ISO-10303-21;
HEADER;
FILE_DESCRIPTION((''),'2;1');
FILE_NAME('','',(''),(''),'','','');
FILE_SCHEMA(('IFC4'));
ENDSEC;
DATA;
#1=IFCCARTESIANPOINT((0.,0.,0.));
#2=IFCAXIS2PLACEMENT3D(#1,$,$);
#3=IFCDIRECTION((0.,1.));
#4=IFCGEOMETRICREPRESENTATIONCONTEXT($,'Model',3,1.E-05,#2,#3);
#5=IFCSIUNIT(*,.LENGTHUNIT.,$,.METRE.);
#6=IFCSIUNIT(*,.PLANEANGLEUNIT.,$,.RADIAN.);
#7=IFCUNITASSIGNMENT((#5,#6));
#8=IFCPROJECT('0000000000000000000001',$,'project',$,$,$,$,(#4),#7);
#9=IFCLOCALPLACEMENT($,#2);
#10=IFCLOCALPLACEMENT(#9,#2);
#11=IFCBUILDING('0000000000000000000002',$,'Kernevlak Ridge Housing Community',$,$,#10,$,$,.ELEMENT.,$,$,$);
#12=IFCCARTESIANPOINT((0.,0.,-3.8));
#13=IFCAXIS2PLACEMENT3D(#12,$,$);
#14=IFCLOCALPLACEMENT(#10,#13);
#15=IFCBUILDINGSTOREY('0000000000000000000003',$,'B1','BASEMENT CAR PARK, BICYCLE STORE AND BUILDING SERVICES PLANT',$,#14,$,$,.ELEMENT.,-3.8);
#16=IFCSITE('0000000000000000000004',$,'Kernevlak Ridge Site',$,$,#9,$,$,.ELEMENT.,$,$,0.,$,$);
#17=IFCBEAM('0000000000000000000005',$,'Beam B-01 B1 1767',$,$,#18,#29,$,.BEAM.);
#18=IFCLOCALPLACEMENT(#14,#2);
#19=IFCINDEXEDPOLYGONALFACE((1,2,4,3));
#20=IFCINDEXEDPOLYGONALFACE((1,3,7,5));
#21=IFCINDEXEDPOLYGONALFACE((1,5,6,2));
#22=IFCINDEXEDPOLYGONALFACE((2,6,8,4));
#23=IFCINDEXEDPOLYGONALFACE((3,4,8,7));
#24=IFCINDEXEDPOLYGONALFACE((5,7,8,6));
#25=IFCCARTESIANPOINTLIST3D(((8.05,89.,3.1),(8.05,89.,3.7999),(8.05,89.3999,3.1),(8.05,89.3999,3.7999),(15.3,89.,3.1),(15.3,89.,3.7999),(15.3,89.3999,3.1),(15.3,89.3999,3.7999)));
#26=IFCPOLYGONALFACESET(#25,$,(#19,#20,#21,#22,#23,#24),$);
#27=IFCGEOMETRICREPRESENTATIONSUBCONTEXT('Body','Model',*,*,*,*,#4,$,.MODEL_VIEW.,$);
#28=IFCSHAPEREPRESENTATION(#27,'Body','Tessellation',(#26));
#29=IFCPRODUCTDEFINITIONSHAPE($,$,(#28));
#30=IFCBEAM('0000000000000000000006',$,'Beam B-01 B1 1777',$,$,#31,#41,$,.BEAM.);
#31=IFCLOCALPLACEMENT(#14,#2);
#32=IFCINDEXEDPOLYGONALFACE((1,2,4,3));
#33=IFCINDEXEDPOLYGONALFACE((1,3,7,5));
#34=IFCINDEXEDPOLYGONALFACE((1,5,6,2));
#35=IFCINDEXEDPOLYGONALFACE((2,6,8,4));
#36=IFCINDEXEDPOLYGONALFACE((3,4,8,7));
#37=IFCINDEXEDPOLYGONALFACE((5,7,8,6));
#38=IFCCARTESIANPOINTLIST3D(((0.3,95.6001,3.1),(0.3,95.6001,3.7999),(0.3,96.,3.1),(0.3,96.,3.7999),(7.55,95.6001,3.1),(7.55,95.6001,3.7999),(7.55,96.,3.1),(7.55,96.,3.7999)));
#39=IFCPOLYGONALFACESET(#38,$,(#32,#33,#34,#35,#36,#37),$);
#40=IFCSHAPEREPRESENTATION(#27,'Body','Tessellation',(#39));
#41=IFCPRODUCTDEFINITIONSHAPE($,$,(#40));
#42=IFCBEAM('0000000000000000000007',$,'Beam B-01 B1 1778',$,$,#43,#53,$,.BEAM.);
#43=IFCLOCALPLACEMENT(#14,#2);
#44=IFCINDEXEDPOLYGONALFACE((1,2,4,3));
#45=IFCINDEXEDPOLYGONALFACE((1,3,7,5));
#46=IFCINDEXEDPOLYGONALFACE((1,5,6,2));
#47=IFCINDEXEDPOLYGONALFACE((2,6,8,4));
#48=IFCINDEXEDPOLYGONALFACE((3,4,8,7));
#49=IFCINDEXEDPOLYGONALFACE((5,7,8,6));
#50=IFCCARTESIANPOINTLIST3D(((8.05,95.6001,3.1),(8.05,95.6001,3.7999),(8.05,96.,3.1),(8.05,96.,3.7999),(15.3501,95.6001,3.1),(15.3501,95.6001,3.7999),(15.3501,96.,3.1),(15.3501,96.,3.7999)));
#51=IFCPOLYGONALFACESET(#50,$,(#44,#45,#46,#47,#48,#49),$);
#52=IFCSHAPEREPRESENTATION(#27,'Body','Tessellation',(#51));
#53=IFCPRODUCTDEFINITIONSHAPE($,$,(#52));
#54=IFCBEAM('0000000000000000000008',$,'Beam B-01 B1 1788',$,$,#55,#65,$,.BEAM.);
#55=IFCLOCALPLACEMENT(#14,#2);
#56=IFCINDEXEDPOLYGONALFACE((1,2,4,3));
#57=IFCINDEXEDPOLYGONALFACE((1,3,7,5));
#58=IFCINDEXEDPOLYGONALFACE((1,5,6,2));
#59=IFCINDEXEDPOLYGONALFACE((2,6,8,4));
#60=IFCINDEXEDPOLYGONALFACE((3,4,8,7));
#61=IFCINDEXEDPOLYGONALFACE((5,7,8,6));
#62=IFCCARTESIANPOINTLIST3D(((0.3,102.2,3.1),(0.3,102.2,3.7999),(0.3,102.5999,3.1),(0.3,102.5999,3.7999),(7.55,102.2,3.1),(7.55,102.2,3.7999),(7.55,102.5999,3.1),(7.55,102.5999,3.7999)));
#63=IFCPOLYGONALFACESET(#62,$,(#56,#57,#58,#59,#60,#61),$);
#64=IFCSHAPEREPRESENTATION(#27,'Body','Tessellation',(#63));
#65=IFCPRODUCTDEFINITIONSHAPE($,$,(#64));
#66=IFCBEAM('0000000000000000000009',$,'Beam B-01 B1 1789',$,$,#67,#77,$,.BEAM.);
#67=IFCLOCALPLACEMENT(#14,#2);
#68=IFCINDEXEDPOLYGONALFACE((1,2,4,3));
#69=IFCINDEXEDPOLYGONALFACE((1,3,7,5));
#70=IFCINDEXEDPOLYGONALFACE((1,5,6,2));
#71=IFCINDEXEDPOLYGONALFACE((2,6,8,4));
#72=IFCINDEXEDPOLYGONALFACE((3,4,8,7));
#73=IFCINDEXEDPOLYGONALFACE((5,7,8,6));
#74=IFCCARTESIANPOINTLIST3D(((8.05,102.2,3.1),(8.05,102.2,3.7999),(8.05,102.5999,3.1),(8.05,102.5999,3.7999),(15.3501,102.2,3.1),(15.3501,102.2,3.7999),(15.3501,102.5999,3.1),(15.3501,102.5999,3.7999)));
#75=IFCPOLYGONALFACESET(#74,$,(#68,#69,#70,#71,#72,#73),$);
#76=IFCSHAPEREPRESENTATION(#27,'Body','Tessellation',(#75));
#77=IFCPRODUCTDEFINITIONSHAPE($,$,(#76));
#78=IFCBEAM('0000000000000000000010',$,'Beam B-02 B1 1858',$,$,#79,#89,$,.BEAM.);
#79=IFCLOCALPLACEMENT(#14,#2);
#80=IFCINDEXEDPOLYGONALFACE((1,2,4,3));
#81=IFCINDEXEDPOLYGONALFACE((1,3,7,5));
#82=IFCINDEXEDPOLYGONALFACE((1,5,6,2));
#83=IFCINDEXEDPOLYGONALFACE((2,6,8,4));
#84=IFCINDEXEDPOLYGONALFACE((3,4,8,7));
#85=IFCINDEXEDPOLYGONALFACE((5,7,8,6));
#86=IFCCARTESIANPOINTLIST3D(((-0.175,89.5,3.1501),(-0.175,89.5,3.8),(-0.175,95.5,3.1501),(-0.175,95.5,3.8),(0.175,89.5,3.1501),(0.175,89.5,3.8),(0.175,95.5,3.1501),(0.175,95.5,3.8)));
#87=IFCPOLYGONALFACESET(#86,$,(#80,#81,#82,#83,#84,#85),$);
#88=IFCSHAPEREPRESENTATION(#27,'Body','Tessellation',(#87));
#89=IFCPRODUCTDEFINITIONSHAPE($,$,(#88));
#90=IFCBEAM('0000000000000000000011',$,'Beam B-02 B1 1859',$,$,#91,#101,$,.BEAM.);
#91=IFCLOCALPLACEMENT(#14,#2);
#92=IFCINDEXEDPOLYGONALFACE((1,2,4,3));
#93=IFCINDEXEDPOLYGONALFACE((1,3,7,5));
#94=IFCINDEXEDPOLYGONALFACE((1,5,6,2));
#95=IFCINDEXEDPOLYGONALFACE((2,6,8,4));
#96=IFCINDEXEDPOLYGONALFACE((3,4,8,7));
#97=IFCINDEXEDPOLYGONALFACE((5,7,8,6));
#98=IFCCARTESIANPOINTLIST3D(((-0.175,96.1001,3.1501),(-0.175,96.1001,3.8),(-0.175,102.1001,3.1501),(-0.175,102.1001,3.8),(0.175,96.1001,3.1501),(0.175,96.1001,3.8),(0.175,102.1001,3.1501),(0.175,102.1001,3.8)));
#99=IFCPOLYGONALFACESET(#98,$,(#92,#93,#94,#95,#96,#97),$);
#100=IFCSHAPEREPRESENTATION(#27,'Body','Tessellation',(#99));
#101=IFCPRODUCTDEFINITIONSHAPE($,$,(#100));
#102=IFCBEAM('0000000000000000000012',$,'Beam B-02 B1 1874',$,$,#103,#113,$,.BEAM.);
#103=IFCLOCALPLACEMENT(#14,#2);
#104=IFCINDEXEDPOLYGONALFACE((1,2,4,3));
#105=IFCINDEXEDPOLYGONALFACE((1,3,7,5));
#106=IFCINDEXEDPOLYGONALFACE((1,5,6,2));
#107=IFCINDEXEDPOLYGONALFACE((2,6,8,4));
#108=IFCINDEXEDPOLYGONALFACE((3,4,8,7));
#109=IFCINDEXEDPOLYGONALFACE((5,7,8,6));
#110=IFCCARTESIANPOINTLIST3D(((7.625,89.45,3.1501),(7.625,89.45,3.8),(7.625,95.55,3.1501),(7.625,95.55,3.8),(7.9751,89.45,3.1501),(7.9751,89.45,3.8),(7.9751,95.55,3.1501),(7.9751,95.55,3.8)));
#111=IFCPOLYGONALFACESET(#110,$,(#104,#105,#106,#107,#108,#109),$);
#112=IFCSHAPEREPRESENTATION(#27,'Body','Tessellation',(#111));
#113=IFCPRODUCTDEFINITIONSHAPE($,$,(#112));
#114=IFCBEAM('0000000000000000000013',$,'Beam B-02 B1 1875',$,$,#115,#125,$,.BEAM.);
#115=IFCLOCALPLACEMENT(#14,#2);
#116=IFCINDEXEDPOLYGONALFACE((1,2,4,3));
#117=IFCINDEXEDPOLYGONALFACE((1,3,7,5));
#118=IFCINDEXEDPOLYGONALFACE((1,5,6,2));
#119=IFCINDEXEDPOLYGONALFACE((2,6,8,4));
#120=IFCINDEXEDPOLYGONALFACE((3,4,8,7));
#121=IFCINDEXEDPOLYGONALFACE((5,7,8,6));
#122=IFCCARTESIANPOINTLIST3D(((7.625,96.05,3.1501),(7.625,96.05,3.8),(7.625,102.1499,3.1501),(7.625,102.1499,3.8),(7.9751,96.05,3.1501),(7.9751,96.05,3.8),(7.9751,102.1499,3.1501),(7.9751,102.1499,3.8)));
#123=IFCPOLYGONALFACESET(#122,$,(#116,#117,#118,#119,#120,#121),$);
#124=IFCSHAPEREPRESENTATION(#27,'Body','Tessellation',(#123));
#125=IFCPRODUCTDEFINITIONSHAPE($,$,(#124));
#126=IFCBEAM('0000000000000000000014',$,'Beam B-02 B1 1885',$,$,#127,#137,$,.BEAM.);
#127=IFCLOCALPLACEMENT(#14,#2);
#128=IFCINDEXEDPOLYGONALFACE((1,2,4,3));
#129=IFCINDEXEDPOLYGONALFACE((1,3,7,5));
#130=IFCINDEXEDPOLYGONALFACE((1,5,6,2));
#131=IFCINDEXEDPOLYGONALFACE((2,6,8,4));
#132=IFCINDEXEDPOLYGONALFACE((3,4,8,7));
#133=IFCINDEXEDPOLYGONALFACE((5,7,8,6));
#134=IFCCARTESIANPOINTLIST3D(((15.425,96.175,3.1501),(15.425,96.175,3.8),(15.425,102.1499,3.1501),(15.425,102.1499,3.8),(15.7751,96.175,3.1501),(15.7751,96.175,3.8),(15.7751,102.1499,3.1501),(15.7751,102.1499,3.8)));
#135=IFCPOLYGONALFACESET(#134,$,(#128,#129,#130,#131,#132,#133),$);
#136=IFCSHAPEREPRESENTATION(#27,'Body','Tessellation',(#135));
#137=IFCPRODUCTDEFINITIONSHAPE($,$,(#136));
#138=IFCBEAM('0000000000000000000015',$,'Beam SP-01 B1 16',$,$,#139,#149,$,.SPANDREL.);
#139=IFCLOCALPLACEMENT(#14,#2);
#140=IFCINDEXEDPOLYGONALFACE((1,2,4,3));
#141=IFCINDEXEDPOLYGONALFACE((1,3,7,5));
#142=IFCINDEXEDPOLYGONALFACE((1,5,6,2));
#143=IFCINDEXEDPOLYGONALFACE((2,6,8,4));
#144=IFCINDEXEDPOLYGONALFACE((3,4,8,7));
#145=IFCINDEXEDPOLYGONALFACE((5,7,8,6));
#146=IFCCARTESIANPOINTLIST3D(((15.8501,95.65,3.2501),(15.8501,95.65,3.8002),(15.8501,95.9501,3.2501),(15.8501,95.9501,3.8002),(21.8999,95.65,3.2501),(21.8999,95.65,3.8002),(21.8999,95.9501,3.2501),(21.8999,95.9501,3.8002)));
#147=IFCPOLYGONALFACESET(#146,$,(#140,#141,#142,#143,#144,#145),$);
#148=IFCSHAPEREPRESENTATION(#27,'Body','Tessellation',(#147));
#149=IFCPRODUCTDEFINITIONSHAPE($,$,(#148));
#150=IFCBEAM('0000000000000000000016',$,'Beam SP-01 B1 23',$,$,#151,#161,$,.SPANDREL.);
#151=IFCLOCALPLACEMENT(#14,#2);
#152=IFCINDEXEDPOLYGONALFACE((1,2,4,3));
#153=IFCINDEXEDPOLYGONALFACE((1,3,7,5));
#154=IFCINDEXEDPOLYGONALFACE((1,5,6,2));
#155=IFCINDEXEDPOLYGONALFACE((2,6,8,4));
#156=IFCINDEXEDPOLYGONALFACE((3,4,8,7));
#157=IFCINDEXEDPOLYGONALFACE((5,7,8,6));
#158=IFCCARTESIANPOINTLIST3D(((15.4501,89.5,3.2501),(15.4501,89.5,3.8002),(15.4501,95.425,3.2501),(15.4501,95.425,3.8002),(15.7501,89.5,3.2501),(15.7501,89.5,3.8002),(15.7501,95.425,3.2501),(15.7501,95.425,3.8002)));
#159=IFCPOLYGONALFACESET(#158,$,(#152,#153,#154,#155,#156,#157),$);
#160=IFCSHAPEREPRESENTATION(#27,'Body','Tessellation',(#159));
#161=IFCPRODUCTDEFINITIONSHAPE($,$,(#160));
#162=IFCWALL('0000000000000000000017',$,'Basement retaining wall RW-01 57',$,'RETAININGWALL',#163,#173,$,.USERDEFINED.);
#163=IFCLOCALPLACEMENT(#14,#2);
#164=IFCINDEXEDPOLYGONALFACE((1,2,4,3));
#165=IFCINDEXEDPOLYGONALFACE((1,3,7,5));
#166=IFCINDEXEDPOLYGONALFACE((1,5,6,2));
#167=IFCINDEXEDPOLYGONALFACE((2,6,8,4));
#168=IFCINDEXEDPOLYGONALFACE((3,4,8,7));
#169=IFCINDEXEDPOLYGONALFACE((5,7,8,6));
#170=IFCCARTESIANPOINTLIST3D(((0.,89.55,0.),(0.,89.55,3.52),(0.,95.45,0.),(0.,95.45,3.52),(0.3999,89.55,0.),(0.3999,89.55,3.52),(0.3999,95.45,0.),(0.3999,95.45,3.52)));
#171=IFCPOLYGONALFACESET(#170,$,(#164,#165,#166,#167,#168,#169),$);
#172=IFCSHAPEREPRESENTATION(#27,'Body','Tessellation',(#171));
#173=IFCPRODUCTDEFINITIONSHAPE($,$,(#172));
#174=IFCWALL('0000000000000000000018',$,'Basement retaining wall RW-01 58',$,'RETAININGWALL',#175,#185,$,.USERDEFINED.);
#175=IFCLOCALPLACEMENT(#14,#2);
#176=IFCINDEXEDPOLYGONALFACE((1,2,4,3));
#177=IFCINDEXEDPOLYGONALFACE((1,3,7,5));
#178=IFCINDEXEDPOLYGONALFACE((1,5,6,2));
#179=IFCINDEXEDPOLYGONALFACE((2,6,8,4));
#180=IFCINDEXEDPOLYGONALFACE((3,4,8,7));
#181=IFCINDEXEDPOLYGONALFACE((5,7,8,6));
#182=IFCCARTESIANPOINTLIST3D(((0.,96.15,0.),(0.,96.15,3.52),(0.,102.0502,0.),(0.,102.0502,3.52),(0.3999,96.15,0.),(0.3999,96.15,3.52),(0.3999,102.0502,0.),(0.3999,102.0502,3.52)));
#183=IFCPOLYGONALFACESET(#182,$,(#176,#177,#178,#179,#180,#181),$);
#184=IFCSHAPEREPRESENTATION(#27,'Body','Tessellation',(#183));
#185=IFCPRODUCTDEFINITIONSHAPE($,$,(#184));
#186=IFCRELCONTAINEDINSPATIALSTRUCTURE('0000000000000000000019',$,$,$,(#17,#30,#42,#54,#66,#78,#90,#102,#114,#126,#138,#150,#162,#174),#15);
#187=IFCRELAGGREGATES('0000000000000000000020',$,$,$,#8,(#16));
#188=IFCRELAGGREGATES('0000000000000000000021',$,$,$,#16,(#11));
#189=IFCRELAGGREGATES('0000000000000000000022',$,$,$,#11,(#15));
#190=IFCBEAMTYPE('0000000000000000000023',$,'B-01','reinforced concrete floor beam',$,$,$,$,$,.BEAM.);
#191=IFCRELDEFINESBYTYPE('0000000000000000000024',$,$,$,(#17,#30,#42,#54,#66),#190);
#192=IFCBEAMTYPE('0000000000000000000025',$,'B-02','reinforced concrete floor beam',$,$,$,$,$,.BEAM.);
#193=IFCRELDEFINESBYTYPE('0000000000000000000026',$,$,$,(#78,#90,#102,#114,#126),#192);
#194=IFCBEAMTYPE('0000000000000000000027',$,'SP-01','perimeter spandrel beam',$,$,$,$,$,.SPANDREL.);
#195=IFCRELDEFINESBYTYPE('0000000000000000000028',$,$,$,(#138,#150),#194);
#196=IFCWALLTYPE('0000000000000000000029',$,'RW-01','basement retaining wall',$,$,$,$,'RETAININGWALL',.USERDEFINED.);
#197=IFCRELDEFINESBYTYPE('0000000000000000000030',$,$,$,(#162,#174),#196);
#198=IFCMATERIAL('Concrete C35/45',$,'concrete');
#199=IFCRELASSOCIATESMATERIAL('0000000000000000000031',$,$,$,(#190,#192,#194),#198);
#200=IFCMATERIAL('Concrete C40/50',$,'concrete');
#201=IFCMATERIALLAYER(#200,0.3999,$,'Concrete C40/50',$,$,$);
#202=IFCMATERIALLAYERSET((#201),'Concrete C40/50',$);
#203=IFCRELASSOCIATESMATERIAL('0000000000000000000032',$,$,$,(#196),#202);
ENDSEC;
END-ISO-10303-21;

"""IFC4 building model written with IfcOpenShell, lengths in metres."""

from ifc_helpers import new_model, si_unit, direction, frame, frame_2d, origin, origin_2d, place, context, subcontext, project, spatial, rectangle, extrude, material, layer, layer_set, material_profile, profile_set, type_object, element, save


model = new_model("IFC4")

# Units and contexts
model_context = context("Model", 3, precision=1e-05, world=origin(), true_north=direction((0.0, 1.0)))
body_context = subcontext(model_context, "Body", "Model", "MODEL_VIEW")
ifc_project = project(units=[si_unit("LENGTHUNIT", "METRE"), si_unit("PLANEANGLEUNIT", "RADIAN")], contexts=[model_context])

# Site, building, storey
site_placement = place(None, origin())
site = spatial("IfcSite", under=ifc_project, at=site_placement, Name="Kernevlak Ridge Site", CompositionType="ELEMENT", RefElevation=0.0)
building_placement = place(site_placement, origin())
building = spatial("IfcBuilding", under=site, at=building_placement, Name="Kernevlak Ridge Housing Community", CompositionType="ELEMENT")
storey_placement = place(building_placement, frame((0.0, 0.0, -3.8)))
storey = spatial("IfcBuildingStorey", under=building, at=storey_placement, Name="B1", Description="BASEMENT CAR PARK, BICYCLE STORE AND BUILDING SERVICES PLANT", CompositionType="ELEMENT", Elevation=-3.8)

# Shared definitions
ifc_material_1 = material(Name="Concrete C35/45", Category="concrete")

# Shared definitions
ifc_material_2 = material(Name="Concrete C40/50", Category="concrete")

# Beams
ifc_material_profile_1 = material_profile(ifc_material_1, rectangle(XDim=0.3999, YDim=0.7, at=origin_2d()), Name="RC 400x700")
ifc_profile_set_1 = profile_set([ifc_material_profile_1], Name="Concrete C35/45")
beam_type_1 = type_object("IfcBeamType", Name="B-01", Description="reinforced concrete floor beam", PredefinedType="BEAM", material=ifc_profile_set_1)
for number, where, z_axis, x_axis, name in (
    (1, (8.05, 89.2, 3.45), (1.0, 0.0, 0.0), (0.0, 1.0, 0.0), "Beam B-01 B1 1767"),
    (2, (0.3, 95.8, 3.45), (1.0, 0.0, 0.0), (0.0, 1.0, 0.0), "Beam B-01 B1 1777"),
):
    element("IfcBeam", number, at=place(storey_placement, frame(where, z_axis=z_axis, x_axis=x_axis)), inside=storey, type_object=beam_type_1, Name=name, PredefinedType="BEAM", context=body_context, shape_type="SweptSolid", body=[
        extrude(rectangle(XDim=0.3999, YDim=0.7, at=origin_2d()), origin(), (0.0, 0.0, 1.0), 7.25),
    ])
beam_1_placement = place(storey_placement, frame((8.05, 95.8, 3.45), z_axis=(1.0, 0.0, 0.0), x_axis=(0.0, 1.0, 0.0)))
element("IfcBeam", 3, at=beam_1_placement, inside=storey, type_object=beam_type_1, Name="Beam B-01 B1 1778", PredefinedType="BEAM", context=body_context, shape_type="SweptSolid", body=[
    extrude(rectangle(XDim=0.3999, YDim=0.7, at=origin_2d()), origin(), (0.0, 0.0, 1.0), 7.3),
])
beam_2_placement = place(storey_placement, frame((0.3, 102.3999, 3.45), z_axis=(1.0, 0.0, 0.0), x_axis=(0.0, 1.0, 0.0)))
element("IfcBeam", 4, at=beam_2_placement, inside=storey, type_object=beam_type_1, Name="Beam B-01 B1 1788", PredefinedType="BEAM", context=body_context, shape_type="SweptSolid", body=[
    extrude(rectangle(XDim=0.3999, YDim=0.7, at=origin_2d()), origin(), (0.0, 0.0, 1.0), 7.25),
])
beam_3_placement = place(storey_placement, frame((8.05, 102.3999, 3.45), z_axis=(1.0, 0.0, 0.0), x_axis=(0.0, 1.0, 0.0)))
element("IfcBeam", 5, at=beam_3_placement, inside=storey, type_object=beam_type_1, Name="Beam B-01 B1 1789", PredefinedType="BEAM", context=body_context, shape_type="SweptSolid", body=[
    extrude(rectangle(XDim=0.3999, YDim=0.7, at=origin_2d()), origin(), (0.0, 0.0, 1.0), 7.3),
])
ifc_material_profile_2 = material_profile(ifc_material_1, rectangle(XDim=0.3501, YDim=0.6499, at=origin_2d()), Name="RC 350x650")
ifc_profile_set_2 = profile_set([ifc_material_profile_2], Name="Concrete C35/45")
beam_type_2 = type_object("IfcBeamType", Name="B-02", Description="reinforced concrete floor beam", PredefinedType="BEAM", material=ifc_profile_set_2)
for number, where, z_axis, x_axis, name in (
    (6, (0.0, 89.5, 3.4751), (0.0, 1.0, 0.0), (-1.0, 0.0, 0.0), "Beam B-02 B1 1858"),
    (7, (0.0, 96.1001, 3.4751), (0.0, 1.0, 0.0), (-1.0, 0.0, 0.0), "Beam B-02 B1 1859"),
):
    element("IfcBeam", number, at=place(storey_placement, frame(where, z_axis=z_axis, x_axis=x_axis)), inside=storey, type_object=beam_type_2, Name=name, PredefinedType="BEAM", context=body_context, shape_type="SweptSolid", body=[
        extrude(rectangle(XDim=0.3501, YDim=0.6499, at=origin_2d()), origin(), (0.0, 0.0, 1.0), 6.0),
    ])
beam_4_placement = place(storey_placement, frame((7.8, 89.45, 3.4751), z_axis=(0.0, 1.0, 0.0), x_axis=(-1.0, 0.0, 0.0)))
element("IfcBeam", 8, at=beam_4_placement, inside=storey, type_object=beam_type_2, Name="Beam B-02 B1 1874", PredefinedType="BEAM", context=body_context, shape_type="SweptSolid", body=[
    extrude(rectangle(XDim=0.3501, YDim=0.6499, at=origin_2d()), origin(), (0.0, 0.0, 1.0), 6.1001),
])
beam_5_placement = place(storey_placement, frame((7.8, 96.05, 3.4751), z_axis=(0.0, 1.0, 0.0), x_axis=(-1.0, 0.0, 0.0)))
element("IfcBeam", 9, at=beam_5_placement, inside=storey, type_object=beam_type_2, Name="Beam B-02 B1 1875", PredefinedType="BEAM", context=body_context, shape_type="SweptSolid", body=[
    extrude(rectangle(XDim=0.3501, YDim=0.6499, at=origin_2d()), origin(), (0.0, 0.0, 1.0), 6.0999),
])
beam_6_placement = place(storey_placement, frame((15.6001, 96.175, 3.4751), z_axis=(0.0, 1.0, 0.0), x_axis=(-1.0, 0.0, 0.0)))
element("IfcBeam", 10, at=beam_6_placement, inside=storey, type_object=beam_type_2, Name="Beam B-02 B1 1885", PredefinedType="BEAM", context=body_context, shape_type="SweptSolid", body=[
    extrude(rectangle(XDim=0.3501, YDim=0.6499, at=origin_2d()), origin(), (0.0, 0.0, 1.0), 5.9749),
])
ifc_material_profile_3 = material_profile(ifc_material_1, rectangle(XDim=0.3, YDim=0.55, at=origin_2d()), Name="RC 300x550")
ifc_profile_set_3 = profile_set([ifc_material_profile_3], Name="Concrete C35/45")
beam_type_3 = type_object("IfcBeamType", Name="SP-01", Description="perimeter spandrel beam", PredefinedType="SPANDREL", material=ifc_profile_set_3)
beam_7_placement = place(storey_placement, frame((15.8501, 95.8, 3.5251), z_axis=(1.0, 0.0, 0.0), x_axis=(0.0, 1.0, 0.0)))
element("IfcBeam", 11, at=beam_7_placement, inside=storey, type_object=beam_type_3, Name="Beam SP-01 B1 16", PredefinedType="SPANDREL", context=body_context, shape_type="SweptSolid", body=[
    extrude(rectangle(XDim=0.3, YDim=0.55, at=origin_2d()), origin(), (0.0, 0.0, 1.0), 6.0498),
])
beam_8_placement = place(storey_placement, frame((15.6001, 89.5, 3.5251), z_axis=(0.0, 1.0, 0.0), x_axis=(-1.0, 0.0, 0.0)))
element("IfcBeam", 12, at=beam_8_placement, inside=storey, type_object=beam_type_3, Name="Beam SP-01 B1 23", PredefinedType="SPANDREL", context=body_context, shape_type="SweptSolid", body=[
    extrude(rectangle(XDim=0.3, YDim=0.55, at=origin_2d()), origin(), (0.0, 0.0, 1.0), 5.925),
])

# Walls
ifc_layer = layer(ifc_material_2, 0.3999, Name="Concrete C40/50")
ifc_layer_set = layer_set([ifc_layer], Name="Concrete C40/50")
wall_type = type_object("IfcWallType", Name="RW-01", Description="basement retaining wall", ElementType="RETAININGWALL", PredefinedType="USERDEFINED", material=ifc_layer_set)
wall_1_placement = place(storey_placement, frame((0.2, 89.55, 0.0), z_axis=(0.0, 0.0, 1.0), x_axis=(0.0, 1.0, 0.0)))
element("IfcWall", 13, at=wall_1_placement, inside=storey, type_object=wall_type, Name="Basement retaining wall RW-01 57", ObjectType="RETAININGWALL", PredefinedType="USERDEFINED", context=body_context, shape_type="SweptSolid", body=[
    extrude(rectangle(XDim=5.8999, YDim=0.3999, at=frame_2d((2.95, 0.0))), origin(), (0.0, 0.0, 1.0), 3.52),
])
wall_2_placement = place(storey_placement, frame((0.2, 96.1499, 0.0), z_axis=(0.0, 0.0, 1.0), x_axis=(0.0, 1.0, 0.0)))
element("IfcWall", 14, at=wall_2_placement, inside=storey, type_object=wall_type, Name="Basement retaining wall RW-01 58", ObjectType="RETAININGWALL", PredefinedType="USERDEFINED", context=body_context, shape_type="SweptSolid", body=[
    extrude(rectangle(XDim=5.9001, YDim=0.3999, at=frame_2d((2.9502, 0.0))), origin(), (0.0, 0.0, 1.0), 3.52),
])

save(model, "model.ifc")
